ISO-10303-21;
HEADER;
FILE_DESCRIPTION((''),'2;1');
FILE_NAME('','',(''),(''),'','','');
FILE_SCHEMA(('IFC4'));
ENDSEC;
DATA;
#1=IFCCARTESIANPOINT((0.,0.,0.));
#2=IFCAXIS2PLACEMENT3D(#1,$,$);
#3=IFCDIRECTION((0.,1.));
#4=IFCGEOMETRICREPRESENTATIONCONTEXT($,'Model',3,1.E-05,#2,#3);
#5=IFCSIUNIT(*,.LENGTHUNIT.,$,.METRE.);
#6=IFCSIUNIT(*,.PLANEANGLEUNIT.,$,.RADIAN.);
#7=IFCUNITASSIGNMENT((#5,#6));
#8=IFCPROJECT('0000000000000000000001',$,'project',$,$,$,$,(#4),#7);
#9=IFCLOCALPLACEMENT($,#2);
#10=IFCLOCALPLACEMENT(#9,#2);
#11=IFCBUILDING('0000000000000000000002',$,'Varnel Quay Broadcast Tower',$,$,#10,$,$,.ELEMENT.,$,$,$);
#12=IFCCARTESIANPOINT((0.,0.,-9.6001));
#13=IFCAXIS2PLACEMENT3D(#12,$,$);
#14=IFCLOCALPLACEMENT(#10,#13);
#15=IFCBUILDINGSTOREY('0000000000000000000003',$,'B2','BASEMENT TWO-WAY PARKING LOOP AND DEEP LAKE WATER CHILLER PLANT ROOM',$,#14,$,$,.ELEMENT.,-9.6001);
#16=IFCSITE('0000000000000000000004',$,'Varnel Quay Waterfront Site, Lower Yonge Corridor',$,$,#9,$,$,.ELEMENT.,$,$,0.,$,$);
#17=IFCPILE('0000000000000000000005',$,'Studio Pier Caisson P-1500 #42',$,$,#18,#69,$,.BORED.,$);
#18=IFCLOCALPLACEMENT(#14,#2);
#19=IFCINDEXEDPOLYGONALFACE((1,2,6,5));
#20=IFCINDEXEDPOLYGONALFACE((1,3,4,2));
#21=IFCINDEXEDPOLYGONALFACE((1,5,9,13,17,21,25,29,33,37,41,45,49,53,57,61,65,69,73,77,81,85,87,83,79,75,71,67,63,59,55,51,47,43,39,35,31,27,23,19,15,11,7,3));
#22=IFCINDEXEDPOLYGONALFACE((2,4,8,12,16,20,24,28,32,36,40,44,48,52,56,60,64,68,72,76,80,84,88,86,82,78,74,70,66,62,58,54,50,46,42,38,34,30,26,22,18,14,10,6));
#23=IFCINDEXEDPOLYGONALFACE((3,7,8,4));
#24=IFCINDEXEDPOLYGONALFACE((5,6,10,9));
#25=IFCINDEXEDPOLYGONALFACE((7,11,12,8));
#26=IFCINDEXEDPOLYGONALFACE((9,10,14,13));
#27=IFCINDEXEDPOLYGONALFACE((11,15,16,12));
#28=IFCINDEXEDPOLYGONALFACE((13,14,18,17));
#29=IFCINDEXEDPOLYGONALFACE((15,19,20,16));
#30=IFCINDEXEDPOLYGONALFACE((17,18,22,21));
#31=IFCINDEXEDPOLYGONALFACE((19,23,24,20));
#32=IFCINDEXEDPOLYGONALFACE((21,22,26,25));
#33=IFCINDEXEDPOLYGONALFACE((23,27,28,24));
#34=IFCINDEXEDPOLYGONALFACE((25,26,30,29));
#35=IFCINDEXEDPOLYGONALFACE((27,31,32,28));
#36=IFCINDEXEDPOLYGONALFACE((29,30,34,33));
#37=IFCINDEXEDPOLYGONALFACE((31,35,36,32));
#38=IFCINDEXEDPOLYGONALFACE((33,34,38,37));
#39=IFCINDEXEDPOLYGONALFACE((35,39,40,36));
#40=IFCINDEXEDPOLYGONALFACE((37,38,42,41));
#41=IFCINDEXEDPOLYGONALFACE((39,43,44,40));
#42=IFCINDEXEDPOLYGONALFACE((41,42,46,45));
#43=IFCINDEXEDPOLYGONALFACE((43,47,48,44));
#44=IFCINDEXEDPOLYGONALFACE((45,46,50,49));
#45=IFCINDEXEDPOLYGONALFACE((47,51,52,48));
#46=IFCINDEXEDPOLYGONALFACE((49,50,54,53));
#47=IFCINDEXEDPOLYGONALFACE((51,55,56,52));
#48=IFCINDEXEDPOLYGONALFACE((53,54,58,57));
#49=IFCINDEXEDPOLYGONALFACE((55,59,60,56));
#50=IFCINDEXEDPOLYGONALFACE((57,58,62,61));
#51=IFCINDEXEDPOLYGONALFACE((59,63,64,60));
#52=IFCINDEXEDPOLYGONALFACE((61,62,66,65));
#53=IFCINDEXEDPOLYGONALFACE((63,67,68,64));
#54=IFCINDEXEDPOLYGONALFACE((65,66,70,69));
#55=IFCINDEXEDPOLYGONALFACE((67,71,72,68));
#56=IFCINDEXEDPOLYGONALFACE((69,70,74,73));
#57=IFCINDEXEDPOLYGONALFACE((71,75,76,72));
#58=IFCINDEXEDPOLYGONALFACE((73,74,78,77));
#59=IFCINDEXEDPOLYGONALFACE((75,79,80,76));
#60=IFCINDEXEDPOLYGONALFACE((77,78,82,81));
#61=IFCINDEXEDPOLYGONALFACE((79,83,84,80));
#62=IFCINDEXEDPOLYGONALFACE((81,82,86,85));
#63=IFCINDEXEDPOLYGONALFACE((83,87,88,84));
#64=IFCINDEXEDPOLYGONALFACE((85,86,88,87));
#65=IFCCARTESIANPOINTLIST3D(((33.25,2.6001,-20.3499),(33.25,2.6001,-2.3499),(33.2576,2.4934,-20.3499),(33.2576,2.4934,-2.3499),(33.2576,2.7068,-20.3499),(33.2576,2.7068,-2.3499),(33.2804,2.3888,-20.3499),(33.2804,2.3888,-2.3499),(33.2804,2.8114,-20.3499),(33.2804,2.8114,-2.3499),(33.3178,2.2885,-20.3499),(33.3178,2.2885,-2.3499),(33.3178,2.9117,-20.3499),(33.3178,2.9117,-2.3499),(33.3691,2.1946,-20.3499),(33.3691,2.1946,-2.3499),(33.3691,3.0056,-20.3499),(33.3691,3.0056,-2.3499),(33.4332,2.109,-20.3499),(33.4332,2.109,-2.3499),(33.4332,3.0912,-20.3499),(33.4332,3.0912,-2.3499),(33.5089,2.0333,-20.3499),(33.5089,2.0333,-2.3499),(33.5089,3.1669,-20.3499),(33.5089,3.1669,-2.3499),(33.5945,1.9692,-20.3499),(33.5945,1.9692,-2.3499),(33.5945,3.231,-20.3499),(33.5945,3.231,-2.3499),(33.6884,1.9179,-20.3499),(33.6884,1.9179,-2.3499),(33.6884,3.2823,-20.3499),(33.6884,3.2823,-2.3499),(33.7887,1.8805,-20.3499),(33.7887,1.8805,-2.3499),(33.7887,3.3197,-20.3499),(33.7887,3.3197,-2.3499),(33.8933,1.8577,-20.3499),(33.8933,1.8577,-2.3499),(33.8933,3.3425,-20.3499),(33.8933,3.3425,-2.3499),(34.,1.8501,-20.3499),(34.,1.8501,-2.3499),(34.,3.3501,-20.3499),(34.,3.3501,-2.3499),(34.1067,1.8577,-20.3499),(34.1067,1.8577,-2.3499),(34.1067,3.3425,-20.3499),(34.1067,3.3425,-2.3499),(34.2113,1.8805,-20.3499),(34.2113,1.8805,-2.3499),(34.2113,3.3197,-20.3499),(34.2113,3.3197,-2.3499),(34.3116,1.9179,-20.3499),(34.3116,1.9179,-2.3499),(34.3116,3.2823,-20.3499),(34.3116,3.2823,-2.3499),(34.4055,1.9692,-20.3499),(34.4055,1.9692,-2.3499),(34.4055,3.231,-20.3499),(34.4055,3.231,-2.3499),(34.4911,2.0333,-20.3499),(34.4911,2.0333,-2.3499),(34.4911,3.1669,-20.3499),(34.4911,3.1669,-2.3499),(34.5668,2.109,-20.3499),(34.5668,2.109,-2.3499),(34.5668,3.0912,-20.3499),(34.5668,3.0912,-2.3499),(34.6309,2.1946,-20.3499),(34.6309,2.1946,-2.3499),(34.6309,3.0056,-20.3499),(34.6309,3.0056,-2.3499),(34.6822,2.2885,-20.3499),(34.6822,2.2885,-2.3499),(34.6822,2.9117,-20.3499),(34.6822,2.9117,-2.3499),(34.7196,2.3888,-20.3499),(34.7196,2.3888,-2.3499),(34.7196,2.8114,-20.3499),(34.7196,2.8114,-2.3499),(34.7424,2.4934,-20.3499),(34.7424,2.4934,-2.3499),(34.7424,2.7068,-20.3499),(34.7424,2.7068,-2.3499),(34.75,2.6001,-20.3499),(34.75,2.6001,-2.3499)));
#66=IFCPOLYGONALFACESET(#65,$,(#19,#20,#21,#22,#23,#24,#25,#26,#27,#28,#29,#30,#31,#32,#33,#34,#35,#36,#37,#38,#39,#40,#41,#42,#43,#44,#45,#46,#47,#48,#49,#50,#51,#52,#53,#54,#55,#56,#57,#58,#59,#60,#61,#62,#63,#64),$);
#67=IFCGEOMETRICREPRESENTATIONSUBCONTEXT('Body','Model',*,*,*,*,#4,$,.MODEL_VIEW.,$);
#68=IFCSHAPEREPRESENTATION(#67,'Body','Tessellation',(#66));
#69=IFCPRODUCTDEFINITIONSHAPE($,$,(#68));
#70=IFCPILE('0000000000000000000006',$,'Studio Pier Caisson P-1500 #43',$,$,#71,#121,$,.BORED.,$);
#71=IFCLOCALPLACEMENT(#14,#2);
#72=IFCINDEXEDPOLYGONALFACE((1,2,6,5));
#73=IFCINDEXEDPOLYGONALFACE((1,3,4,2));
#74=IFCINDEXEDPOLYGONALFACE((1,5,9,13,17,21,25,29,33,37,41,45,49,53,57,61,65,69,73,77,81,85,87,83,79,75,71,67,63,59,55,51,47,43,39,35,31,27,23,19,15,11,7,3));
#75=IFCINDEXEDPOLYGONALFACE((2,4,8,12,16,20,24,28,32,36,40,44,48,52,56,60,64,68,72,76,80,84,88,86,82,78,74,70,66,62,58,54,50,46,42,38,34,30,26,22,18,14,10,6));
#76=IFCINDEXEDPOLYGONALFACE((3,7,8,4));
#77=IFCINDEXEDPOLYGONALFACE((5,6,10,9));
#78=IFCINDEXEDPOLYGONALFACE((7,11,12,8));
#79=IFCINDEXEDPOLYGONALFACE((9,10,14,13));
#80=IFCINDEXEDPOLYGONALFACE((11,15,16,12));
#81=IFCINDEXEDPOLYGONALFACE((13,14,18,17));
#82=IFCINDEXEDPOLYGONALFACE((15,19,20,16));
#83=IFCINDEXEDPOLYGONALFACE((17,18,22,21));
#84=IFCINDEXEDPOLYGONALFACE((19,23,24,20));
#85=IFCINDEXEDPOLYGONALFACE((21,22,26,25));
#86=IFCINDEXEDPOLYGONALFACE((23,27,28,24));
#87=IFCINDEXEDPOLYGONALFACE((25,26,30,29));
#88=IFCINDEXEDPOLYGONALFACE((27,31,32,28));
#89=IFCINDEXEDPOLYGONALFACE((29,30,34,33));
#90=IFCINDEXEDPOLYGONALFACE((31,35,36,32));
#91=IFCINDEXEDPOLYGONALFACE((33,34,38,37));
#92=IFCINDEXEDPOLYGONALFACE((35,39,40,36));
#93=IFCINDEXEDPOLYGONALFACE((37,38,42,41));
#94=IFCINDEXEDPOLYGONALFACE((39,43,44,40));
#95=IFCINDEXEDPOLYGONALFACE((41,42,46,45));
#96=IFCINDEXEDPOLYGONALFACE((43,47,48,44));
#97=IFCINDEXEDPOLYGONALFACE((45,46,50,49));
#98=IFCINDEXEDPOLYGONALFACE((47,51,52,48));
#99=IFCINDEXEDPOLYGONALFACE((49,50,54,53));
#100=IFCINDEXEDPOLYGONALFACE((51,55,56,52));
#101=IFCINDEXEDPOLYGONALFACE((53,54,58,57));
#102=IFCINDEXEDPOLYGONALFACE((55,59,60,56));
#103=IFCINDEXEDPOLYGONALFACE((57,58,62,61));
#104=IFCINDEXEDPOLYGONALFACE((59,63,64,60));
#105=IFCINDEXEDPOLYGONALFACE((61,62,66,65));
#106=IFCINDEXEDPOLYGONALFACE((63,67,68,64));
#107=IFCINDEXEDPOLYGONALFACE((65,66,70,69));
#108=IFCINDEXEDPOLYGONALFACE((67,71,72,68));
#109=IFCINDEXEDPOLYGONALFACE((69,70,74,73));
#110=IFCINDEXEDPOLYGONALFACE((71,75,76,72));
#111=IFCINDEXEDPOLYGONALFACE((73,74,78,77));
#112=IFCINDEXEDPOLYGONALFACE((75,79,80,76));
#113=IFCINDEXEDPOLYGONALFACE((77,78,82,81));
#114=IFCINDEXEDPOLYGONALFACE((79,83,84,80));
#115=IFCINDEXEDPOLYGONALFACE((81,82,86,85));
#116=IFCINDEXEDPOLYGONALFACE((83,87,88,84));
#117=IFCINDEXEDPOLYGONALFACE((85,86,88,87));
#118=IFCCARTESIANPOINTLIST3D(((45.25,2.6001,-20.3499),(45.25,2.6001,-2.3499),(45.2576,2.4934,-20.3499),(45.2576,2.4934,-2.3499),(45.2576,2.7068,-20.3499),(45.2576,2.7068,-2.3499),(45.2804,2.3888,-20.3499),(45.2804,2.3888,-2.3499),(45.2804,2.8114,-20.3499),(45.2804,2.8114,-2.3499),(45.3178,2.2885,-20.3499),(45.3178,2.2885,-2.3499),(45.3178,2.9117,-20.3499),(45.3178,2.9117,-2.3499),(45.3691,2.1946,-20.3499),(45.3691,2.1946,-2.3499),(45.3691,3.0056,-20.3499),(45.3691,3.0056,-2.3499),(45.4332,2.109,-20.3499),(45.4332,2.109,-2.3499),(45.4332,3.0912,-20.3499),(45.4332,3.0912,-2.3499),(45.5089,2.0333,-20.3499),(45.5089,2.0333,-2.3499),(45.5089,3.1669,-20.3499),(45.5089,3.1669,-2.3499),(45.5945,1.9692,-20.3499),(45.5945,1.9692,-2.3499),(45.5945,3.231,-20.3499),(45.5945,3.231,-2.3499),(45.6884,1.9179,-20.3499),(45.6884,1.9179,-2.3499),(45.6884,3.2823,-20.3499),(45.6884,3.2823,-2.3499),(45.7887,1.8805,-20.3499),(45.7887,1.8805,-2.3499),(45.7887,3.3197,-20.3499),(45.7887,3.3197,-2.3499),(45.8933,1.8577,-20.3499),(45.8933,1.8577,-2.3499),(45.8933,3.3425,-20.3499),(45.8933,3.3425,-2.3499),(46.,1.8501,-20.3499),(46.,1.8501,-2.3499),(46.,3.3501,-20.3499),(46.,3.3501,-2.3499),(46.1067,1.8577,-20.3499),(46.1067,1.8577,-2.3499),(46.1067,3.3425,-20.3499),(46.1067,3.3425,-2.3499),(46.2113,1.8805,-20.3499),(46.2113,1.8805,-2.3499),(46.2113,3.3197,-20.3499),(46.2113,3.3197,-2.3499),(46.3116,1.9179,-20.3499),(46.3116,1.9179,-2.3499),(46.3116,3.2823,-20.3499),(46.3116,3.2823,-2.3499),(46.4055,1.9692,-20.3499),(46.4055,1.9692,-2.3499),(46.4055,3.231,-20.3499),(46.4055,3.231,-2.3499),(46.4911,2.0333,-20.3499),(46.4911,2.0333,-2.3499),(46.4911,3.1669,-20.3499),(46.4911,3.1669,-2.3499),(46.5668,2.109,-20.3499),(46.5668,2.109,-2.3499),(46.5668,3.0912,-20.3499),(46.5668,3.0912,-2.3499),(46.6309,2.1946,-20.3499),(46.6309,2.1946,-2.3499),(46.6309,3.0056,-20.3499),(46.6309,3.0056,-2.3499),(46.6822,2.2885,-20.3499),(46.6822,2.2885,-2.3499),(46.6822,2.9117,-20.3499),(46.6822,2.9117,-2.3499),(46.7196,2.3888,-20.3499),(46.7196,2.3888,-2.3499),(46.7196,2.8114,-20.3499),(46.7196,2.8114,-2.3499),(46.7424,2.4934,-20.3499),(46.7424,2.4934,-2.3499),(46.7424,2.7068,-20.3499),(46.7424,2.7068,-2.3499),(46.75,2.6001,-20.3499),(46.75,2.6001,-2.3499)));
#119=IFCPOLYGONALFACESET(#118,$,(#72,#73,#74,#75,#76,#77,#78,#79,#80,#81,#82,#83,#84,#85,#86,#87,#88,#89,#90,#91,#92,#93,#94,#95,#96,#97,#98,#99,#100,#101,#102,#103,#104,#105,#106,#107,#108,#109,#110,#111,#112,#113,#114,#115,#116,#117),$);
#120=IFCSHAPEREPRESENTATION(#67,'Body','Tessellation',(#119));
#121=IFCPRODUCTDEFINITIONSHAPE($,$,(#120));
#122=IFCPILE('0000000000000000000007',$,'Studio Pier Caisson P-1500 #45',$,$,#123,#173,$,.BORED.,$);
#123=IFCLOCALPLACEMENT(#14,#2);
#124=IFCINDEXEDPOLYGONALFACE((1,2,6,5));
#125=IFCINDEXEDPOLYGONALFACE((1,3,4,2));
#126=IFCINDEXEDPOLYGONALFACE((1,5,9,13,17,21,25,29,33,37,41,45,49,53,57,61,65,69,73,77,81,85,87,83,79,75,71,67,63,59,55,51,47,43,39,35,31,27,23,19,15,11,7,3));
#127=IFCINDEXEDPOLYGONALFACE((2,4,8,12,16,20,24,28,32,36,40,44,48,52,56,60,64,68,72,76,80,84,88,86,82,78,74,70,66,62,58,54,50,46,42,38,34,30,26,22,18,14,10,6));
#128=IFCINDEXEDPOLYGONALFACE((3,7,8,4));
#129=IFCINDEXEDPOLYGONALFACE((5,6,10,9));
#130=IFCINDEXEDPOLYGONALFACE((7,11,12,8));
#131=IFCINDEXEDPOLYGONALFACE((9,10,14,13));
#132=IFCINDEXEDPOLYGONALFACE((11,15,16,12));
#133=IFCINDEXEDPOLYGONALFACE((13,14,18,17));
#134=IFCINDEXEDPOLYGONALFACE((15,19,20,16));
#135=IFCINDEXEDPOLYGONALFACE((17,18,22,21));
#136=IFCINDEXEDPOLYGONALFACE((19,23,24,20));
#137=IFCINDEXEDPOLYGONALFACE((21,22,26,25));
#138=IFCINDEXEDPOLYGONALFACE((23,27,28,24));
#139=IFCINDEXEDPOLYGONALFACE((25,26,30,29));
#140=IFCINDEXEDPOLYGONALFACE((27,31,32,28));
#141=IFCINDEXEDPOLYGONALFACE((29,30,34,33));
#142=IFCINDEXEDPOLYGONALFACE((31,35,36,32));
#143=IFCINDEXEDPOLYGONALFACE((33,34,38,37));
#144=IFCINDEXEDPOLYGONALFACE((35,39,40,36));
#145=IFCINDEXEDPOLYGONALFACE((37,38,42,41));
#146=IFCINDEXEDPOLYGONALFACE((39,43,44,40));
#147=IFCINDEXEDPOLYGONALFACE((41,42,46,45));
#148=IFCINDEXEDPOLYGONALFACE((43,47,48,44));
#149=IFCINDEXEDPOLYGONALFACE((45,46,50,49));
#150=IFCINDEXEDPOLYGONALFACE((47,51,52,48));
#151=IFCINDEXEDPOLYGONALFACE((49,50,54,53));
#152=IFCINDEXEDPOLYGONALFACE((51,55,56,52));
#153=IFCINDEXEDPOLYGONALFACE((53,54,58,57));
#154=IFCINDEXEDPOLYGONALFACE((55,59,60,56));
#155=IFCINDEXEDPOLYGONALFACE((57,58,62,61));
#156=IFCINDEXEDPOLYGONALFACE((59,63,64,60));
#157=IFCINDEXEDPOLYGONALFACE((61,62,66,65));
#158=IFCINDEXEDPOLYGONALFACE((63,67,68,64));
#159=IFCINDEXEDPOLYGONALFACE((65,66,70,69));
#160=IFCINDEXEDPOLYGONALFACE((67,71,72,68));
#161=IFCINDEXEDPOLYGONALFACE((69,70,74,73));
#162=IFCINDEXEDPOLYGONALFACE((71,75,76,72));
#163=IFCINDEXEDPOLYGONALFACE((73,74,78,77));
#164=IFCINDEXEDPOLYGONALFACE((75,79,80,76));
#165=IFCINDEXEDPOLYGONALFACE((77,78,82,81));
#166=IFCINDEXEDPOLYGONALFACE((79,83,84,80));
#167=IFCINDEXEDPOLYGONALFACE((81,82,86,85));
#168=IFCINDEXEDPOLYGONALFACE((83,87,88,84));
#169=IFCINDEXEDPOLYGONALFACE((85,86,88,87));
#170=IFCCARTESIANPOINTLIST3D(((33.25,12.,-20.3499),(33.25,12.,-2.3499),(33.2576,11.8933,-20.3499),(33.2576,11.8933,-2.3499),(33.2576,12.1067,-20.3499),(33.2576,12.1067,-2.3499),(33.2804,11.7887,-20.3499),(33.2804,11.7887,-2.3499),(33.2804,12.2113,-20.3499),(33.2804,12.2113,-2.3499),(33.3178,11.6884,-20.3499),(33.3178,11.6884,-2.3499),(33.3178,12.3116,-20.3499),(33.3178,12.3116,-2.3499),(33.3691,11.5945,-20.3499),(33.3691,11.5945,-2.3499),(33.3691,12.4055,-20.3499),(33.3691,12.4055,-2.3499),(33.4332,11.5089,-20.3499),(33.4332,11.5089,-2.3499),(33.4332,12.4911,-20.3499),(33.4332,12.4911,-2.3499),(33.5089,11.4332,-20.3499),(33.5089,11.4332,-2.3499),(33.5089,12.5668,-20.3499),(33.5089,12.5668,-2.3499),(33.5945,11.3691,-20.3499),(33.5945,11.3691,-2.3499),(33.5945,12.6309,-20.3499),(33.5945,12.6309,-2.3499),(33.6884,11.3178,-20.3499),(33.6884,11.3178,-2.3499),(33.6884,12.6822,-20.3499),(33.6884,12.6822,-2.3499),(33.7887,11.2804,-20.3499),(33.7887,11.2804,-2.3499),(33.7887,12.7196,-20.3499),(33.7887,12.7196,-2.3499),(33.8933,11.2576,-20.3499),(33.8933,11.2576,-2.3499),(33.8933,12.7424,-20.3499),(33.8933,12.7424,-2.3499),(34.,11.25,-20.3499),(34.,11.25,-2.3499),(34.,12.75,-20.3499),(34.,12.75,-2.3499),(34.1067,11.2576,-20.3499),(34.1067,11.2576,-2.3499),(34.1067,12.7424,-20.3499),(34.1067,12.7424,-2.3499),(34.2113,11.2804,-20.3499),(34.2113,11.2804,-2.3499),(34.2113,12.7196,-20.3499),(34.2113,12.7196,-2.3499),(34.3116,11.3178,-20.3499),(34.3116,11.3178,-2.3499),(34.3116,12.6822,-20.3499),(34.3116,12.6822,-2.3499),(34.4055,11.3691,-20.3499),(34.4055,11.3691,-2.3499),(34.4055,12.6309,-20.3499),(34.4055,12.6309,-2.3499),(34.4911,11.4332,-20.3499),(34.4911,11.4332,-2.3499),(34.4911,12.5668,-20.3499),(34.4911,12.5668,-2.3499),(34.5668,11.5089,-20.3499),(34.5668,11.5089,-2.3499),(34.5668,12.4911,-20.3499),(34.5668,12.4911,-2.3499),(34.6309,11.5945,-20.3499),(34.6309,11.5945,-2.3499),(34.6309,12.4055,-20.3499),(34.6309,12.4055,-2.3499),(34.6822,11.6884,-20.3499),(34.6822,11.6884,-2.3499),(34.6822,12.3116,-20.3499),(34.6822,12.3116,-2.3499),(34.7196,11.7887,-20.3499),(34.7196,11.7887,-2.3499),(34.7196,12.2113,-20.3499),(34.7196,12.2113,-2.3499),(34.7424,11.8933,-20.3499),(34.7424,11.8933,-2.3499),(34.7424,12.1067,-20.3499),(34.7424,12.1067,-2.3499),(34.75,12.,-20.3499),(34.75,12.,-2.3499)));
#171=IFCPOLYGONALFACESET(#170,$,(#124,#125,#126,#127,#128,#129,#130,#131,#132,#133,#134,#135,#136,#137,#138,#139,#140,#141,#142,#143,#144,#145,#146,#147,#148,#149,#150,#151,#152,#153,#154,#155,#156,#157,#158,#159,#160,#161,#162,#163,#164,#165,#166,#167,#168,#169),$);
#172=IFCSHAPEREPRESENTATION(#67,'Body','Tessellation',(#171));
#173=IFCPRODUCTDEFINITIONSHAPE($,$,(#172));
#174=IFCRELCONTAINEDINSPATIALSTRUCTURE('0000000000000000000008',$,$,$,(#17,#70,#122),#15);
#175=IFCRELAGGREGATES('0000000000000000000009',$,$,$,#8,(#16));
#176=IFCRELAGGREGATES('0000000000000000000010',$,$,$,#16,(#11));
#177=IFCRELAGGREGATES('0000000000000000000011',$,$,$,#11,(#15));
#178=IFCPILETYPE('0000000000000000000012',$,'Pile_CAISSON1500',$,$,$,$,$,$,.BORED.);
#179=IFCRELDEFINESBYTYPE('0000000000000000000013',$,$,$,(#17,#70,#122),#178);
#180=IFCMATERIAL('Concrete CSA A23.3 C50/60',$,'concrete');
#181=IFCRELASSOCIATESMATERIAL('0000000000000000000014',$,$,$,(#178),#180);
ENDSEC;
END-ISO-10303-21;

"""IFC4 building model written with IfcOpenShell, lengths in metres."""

from ifc_helpers import new_model, si_unit, direction, frame, origin, origin_2d, place, context, subcontext, project, spatial, circle, extrude, source, transform, mapped, material, material_profile, profile_set, type_object, type_shapes, element, save


model = new_model("IFC4")

# Units and contexts
model_context = context("Model", 3, precision=1e-05, world=origin(), true_north=direction((0.0, 1.0)))
body_context = subcontext(model_context, "Body", "Model", "MODEL_VIEW")
ifc_project = project(units=[si_unit("LENGTHUNIT", "METRE"), si_unit("PLANEANGLEUNIT", "RADIAN")], contexts=[model_context])

# Site, building, storey
site_placement = place(None, origin())
site = spatial("IfcSite", under=ifc_project, at=site_placement, Name="Varnel Quay Waterfront Site, Lower Yonge Corridor", CompositionType="ELEMENT", RefElevation=0.0)
building_placement = place(site_placement, origin())
building = spatial("IfcBuilding", under=site, at=building_placement, Name="Varnel Quay Broadcast Tower", CompositionType="ELEMENT")
storey_placement = place(building_placement, frame((0.0, 0.0, -9.6001)))
storey = spatial("IfcBuildingStorey", under=building, at=storey_placement, Name="B2", Description="BASEMENT TWO-WAY PARKING LOOP AND DEEP LAKE WATER CHILLER PLANT ROOM", CompositionType="ELEMENT", Elevation=-9.6001)

# Piles
ifc_material_1 = material(Name="Concrete CSA A23.3 C50/60", Category="concrete")
ifc_material_profile_1 = material_profile(ifc_material_1, circle(Radius=0.75, at=origin_2d()), Name="CAISSON1500")
ifc_profile_set_1 = profile_set([ifc_material_profile_1], Name="Concrete CSA A23.3 C50/60")
pile_type = type_object("IfcPileType", Name="Pile_CAISSON1500", PredefinedType="BORED", material=ifc_profile_set_1)
shared_shape_1 = source(origin(), body_context, "Body", "SweptSolid", [
    extrude(circle(Radius=0.75, at=origin_2d()), origin(), (0.0, 0.0, 1.0), 18.0),
])
type_shapes(pile_type, [shared_shape_1])
for number, where, z_axis, x_axis, name in (
    (1, (34.0, 2.6001, -2.3499), (0.0, 0.0, -1.0), (1.0, 0.0, 0.0), "Studio Pier Caisson P-1500 #42"),
    (2, (46.0, 2.6001, -2.3499), (0.0, 0.0, -1.0), (1.0, 0.0, 0.0), "Studio Pier Caisson P-1500 #43"),
    (3, (34.0, 12.0, -2.3499), (0.0, 0.0, -1.0), (1.0, 0.0, 0.0), "Studio Pier Caisson P-1500 #45"),
):
    element("IfcPile", number, at=place(storey_placement, frame(where, z_axis=z_axis, x_axis=x_axis)), inside=storey, type_object=pile_type, Name=name, PredefinedType="BORED", context=body_context, shape_type="MappedRepresentation", body=[
        mapped(shared_shape_1, transform((0.0, 0.0, 0.0), x_axis=(1.0, 0.0, 0.0), y_axis=(0.0, 1.0, 0.0), z_axis=(0.0, 0.0, 1.0), scale=1.0)),
    ])

save(model, "model.ifc")
